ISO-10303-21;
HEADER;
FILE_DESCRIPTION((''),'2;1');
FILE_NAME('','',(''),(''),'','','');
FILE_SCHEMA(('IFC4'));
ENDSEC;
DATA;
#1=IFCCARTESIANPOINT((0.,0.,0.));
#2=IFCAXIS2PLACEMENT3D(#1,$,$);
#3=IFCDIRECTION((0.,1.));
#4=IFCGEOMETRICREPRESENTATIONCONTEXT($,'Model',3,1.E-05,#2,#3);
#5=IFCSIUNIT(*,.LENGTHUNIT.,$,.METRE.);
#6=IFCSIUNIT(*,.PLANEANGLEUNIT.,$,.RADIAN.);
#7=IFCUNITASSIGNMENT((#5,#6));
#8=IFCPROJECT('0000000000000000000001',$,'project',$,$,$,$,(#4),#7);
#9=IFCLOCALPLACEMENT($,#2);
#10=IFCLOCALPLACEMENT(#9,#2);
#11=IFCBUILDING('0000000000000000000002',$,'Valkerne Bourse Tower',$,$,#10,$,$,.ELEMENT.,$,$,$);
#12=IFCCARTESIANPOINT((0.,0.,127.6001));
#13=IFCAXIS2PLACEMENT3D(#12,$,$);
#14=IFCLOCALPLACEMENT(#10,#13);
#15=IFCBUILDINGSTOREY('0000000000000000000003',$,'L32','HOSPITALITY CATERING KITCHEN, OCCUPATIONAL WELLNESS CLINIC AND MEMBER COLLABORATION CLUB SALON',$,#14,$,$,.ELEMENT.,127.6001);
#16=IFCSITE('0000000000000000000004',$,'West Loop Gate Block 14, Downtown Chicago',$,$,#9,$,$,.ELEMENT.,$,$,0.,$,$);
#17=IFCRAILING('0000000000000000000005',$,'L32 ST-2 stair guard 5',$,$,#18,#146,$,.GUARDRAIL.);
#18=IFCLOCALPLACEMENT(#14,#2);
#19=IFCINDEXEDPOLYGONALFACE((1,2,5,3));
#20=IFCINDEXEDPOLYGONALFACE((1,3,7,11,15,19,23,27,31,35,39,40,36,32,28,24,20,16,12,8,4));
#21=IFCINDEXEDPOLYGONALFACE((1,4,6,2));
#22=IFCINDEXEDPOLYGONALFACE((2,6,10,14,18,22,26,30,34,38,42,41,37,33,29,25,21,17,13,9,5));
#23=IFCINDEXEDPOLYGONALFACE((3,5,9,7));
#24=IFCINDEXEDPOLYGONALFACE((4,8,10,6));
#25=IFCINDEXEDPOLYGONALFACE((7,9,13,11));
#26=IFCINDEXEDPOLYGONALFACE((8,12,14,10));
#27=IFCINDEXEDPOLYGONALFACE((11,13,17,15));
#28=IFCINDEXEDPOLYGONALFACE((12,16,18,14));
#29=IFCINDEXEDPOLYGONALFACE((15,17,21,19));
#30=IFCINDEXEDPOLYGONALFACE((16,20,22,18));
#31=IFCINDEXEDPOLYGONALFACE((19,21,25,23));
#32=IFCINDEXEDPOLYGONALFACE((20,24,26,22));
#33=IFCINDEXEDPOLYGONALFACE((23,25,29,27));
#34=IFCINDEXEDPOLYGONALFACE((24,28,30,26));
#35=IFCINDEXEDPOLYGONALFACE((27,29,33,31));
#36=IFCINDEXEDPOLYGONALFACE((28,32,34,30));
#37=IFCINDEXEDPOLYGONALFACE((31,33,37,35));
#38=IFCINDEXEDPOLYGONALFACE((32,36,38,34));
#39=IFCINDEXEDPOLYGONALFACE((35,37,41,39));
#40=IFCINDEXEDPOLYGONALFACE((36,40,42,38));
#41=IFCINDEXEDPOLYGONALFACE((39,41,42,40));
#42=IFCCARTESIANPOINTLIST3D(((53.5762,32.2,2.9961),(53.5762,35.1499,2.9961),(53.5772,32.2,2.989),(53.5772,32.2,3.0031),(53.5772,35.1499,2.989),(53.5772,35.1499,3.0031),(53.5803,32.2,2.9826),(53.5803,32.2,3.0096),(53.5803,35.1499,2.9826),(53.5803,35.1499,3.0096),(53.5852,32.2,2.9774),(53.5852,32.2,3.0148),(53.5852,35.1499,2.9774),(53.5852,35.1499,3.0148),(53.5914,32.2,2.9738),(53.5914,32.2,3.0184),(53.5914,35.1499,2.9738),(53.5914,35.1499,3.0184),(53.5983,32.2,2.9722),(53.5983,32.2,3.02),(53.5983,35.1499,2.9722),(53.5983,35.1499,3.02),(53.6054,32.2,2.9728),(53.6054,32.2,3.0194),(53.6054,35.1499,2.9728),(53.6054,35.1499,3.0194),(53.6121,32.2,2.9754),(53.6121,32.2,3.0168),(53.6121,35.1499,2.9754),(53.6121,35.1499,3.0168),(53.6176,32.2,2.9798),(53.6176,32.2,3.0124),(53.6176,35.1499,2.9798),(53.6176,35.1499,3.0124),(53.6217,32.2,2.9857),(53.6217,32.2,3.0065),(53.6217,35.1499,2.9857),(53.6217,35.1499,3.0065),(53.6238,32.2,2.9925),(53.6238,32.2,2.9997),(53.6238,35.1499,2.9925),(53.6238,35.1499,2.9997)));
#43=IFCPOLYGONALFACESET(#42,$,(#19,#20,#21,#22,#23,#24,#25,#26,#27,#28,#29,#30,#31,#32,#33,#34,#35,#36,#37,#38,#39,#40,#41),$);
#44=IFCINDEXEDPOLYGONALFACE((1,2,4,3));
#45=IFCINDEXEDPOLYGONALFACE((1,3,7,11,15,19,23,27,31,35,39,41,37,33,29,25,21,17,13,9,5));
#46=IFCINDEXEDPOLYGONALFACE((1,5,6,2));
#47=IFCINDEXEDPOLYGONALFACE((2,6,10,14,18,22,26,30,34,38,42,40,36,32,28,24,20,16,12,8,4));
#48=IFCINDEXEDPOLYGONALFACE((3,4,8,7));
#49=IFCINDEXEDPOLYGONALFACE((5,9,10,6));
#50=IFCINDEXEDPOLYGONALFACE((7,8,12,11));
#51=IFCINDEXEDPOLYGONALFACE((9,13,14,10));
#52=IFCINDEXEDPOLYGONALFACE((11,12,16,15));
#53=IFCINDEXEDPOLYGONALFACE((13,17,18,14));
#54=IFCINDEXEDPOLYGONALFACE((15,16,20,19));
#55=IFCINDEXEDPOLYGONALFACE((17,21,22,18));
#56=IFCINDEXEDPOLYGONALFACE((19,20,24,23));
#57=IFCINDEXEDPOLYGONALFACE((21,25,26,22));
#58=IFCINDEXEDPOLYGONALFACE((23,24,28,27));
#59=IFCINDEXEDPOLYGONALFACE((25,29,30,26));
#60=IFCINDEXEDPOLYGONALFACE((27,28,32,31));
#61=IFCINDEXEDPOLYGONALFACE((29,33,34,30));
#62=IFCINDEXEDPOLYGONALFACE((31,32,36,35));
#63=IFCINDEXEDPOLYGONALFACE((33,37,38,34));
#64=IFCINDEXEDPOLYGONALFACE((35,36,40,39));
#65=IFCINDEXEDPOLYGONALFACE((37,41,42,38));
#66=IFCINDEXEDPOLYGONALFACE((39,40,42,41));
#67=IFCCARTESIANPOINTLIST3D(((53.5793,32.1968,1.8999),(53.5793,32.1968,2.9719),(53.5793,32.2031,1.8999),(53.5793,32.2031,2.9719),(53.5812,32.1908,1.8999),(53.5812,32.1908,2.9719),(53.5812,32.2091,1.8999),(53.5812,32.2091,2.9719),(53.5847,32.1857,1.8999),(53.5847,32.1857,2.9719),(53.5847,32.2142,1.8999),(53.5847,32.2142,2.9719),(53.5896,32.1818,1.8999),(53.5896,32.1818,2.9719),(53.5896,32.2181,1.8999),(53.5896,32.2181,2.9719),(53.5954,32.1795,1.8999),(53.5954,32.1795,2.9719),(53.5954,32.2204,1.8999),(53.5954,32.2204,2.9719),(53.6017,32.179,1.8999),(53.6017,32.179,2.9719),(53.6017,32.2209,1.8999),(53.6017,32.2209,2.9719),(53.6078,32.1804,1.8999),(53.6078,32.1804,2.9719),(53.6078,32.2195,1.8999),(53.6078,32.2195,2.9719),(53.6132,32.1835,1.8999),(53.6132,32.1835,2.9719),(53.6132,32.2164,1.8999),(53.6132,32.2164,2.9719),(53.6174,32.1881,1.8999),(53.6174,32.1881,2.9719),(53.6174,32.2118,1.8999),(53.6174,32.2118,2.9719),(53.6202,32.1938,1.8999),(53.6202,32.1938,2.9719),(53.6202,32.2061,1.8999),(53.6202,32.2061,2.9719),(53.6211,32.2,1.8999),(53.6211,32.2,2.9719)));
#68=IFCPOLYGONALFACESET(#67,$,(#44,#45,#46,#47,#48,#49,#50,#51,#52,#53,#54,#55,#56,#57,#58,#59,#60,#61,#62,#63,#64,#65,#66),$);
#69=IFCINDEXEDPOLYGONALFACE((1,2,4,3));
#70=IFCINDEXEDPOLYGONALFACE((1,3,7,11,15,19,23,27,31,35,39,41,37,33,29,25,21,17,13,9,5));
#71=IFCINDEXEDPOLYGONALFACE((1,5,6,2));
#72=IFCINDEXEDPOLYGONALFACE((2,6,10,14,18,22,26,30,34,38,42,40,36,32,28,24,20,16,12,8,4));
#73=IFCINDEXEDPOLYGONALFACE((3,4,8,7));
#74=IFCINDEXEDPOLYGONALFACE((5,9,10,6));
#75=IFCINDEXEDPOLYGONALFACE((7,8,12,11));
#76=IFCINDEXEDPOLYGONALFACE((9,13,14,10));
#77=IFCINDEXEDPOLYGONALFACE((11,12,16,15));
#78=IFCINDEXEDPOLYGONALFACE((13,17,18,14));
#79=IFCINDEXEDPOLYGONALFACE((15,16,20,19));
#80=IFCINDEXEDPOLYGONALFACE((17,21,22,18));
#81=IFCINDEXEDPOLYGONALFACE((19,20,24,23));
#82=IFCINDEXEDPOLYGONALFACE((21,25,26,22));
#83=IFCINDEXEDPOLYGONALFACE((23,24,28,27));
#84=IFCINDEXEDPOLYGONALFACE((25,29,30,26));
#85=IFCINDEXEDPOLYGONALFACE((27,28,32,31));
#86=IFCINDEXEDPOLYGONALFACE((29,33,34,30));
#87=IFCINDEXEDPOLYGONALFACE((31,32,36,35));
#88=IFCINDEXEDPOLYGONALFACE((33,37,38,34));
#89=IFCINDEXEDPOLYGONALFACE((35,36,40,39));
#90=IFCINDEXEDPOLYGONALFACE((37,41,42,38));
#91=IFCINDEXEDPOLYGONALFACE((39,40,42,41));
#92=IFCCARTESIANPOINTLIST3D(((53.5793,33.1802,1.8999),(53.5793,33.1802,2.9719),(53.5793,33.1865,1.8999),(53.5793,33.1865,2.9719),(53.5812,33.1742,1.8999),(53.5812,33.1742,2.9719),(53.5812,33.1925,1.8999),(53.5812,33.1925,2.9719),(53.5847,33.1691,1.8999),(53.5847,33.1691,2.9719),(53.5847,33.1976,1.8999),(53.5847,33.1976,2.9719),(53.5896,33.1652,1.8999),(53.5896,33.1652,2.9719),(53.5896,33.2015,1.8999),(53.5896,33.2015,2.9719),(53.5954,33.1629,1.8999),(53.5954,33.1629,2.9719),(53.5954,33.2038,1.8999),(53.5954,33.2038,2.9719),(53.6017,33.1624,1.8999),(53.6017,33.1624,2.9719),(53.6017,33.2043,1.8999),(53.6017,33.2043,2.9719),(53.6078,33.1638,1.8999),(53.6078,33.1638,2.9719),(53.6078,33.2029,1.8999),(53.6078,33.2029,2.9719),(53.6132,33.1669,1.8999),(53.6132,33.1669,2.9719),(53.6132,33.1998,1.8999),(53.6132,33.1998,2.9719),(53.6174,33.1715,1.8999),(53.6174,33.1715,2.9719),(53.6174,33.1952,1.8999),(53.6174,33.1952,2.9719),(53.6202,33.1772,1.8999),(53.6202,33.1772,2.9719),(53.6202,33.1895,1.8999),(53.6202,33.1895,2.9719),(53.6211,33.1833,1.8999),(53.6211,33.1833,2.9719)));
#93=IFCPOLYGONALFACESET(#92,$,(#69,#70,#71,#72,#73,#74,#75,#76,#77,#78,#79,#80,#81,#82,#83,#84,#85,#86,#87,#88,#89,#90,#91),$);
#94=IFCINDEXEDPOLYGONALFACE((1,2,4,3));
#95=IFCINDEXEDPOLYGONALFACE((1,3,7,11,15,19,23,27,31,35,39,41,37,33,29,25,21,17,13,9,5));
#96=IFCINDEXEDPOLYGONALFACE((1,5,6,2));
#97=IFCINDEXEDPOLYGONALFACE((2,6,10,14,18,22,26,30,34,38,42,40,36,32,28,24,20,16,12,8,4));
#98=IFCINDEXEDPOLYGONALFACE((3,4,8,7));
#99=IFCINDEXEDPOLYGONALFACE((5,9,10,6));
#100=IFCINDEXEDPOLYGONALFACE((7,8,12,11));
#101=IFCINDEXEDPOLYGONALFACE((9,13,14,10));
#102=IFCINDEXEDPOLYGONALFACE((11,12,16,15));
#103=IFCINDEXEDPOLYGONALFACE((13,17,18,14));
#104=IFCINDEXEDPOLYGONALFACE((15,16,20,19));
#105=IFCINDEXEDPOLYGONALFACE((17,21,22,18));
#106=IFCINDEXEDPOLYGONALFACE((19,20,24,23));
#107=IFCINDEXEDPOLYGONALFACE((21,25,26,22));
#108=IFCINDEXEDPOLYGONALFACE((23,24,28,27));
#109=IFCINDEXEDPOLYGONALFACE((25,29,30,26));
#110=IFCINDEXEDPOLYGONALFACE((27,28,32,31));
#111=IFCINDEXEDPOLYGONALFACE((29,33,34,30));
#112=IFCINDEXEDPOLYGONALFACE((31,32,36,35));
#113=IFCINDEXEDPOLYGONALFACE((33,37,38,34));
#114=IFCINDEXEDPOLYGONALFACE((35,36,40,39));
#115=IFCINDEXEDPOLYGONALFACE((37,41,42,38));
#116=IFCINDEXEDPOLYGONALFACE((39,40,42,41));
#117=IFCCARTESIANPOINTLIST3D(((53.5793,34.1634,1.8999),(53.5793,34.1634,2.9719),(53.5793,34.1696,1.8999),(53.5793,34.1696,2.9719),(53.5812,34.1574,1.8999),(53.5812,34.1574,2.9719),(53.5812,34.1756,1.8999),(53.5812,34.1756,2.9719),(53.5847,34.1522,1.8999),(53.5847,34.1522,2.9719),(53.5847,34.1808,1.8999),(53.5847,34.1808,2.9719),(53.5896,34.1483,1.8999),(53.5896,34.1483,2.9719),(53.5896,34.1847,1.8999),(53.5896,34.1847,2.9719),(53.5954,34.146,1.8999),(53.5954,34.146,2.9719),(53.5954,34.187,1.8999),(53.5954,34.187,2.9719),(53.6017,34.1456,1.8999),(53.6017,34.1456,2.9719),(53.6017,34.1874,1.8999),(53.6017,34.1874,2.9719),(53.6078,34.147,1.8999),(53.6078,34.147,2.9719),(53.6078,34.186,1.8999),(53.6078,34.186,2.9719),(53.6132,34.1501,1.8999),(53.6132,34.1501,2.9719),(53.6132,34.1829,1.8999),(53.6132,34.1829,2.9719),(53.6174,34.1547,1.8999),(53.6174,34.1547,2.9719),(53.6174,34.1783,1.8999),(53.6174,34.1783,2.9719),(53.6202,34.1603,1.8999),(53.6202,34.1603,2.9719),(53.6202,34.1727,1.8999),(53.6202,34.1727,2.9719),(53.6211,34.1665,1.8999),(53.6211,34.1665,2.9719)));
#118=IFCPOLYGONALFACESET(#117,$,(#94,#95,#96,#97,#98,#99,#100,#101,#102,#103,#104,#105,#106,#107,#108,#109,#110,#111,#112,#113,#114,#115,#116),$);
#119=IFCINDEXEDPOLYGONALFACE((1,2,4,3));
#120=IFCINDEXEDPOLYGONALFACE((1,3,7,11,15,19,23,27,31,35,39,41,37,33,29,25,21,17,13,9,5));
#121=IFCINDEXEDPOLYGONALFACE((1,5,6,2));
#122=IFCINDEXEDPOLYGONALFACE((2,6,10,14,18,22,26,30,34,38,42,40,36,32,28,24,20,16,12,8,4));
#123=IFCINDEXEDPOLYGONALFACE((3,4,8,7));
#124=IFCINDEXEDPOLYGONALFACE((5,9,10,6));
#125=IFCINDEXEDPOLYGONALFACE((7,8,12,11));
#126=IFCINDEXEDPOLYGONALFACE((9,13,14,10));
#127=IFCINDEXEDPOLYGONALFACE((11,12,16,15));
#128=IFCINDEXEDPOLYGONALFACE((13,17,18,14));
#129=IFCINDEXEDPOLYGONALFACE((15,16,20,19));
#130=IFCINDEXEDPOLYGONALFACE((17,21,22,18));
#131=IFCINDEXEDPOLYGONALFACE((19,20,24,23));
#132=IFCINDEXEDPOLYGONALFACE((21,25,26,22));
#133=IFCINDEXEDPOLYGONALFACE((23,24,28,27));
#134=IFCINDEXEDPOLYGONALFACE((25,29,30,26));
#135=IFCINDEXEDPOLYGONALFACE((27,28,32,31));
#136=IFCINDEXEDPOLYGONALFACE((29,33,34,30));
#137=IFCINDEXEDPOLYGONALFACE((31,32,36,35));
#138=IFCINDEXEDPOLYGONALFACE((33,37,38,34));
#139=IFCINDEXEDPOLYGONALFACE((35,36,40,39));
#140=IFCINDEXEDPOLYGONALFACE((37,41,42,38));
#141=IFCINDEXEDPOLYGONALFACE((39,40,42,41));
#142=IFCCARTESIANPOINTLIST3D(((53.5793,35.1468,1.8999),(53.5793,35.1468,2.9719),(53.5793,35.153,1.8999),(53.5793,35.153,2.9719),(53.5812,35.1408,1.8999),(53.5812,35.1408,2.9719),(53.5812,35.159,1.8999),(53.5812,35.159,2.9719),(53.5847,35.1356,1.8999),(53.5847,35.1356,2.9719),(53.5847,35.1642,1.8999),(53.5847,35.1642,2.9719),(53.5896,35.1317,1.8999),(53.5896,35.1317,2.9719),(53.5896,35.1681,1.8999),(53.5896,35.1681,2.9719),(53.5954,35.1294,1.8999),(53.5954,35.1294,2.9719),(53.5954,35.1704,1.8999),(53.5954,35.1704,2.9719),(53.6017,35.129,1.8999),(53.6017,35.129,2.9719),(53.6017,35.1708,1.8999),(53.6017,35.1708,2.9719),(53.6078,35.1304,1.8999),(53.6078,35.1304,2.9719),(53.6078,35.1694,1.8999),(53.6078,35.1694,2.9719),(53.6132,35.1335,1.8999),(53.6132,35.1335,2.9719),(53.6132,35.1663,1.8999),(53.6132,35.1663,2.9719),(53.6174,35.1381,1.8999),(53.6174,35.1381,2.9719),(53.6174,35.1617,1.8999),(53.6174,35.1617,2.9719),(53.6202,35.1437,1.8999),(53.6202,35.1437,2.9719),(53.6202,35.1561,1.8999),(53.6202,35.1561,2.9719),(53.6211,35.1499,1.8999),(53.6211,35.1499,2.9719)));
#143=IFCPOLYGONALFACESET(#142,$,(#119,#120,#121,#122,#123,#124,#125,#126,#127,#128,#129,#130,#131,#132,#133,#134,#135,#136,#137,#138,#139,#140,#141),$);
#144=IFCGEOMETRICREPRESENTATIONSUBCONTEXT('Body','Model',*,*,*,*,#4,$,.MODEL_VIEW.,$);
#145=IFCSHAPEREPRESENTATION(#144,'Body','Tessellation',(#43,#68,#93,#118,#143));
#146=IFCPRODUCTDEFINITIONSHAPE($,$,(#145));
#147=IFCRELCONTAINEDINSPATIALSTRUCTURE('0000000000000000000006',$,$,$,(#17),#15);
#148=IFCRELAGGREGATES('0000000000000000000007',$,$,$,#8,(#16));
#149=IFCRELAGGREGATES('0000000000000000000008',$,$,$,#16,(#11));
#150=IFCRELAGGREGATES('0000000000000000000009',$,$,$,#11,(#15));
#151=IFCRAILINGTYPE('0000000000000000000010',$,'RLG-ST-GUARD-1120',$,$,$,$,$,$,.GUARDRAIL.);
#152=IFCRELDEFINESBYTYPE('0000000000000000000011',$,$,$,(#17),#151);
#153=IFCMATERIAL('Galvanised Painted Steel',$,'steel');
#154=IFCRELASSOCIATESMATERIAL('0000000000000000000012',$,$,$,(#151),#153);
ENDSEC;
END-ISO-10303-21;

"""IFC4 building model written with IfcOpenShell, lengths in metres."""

from ifc_helpers import new_model, si_unit, direction, frame, origin, origin_2d, place, context, subcontext, project, spatial, circle, extrude, material, type_object, element, save


model = new_model("IFC4")

# Units and contexts
model_context = context("Model", 3, precision=1e-05, world=origin(), true_north=direction((0.0, 1.0)))
body_context = subcontext(model_context, "Body", "Model", "MODEL_VIEW")
ifc_project = project(units=[si_unit("LENGTHUNIT", "METRE"), si_unit("PLANEANGLEUNIT", "RADIAN")], contexts=[model_context])

# Site, building, storey
site_placement = place(None, origin())
site = spatial("IfcSite", under=ifc_project, at=site_placement, Name="West Loop Gate Block 14, Downtown Chicago", CompositionType="ELEMENT", RefElevation=0.0)
building_placement = place(site_placement, origin())
building = spatial("IfcBuilding", under=site, at=building_placement, Name="Valkerne Bourse Tower", CompositionType="ELEMENT")
storey_placement = place(building_placement, frame((0.0, 0.0, 127.6001)))
storey = spatial("IfcBuildingStorey", under=building, at=storey_placement, Name="L32", Description="HOSPITALITY CATERING KITCHEN, OCCUPATIONAL WELLNESS CLINIC AND MEMBER COLLABORATION CLUB SALON", CompositionType="ELEMENT", Elevation=127.6001)

# Railing
ifc_material_1 = material(Name="Galvanised Painted Steel", Category="steel")
railing_type_1 = type_object("IfcRailingType", Name="RLG-ST-GUARD-1120", PredefinedType="GUARDRAIL", material=ifc_material_1)
railing_1_placement = place(storey_placement, frame((53.6001, 32.2, 1.8999)))
element("IfcRailing", 1, at=railing_1_placement, inside=storey, type_object=railing_type_1, Name="L32 ST-2 stair guard 5", PredefinedType="GUARDRAIL", context=body_context, shape_type="SweptSolid", body=[
    extrude(circle(Radius=0.0239, at=origin_2d()), frame((0.0, 0.0, 1.0962), z_axis=(0.0, 1.0, 0.0), x_axis=(-1.0, 0.0, 0.0)), (0.0, 0.0, 1.0), 2.95),
    extrude(circle(Radius=0.021, at=origin_2d()), origin(), (0.0, 0.0, 1.0), 1.072),
    extrude(circle(Radius=0.021, at=origin_2d()), frame((0.0, 0.9834, 0.0)), (0.0, 0.0, 1.0), 1.072),
    extrude(circle(Radius=0.021, at=origin_2d()), frame((0.0, 1.9666, 0.0)), (0.0, 0.0, 1.0), 1.072),
    extrude(circle(Radius=0.021, at=origin_2d()), frame((0.0, 2.95, 0.0)), (0.0, 0.0, 1.0), 1.072),
])

save(model, "model.ifc")
